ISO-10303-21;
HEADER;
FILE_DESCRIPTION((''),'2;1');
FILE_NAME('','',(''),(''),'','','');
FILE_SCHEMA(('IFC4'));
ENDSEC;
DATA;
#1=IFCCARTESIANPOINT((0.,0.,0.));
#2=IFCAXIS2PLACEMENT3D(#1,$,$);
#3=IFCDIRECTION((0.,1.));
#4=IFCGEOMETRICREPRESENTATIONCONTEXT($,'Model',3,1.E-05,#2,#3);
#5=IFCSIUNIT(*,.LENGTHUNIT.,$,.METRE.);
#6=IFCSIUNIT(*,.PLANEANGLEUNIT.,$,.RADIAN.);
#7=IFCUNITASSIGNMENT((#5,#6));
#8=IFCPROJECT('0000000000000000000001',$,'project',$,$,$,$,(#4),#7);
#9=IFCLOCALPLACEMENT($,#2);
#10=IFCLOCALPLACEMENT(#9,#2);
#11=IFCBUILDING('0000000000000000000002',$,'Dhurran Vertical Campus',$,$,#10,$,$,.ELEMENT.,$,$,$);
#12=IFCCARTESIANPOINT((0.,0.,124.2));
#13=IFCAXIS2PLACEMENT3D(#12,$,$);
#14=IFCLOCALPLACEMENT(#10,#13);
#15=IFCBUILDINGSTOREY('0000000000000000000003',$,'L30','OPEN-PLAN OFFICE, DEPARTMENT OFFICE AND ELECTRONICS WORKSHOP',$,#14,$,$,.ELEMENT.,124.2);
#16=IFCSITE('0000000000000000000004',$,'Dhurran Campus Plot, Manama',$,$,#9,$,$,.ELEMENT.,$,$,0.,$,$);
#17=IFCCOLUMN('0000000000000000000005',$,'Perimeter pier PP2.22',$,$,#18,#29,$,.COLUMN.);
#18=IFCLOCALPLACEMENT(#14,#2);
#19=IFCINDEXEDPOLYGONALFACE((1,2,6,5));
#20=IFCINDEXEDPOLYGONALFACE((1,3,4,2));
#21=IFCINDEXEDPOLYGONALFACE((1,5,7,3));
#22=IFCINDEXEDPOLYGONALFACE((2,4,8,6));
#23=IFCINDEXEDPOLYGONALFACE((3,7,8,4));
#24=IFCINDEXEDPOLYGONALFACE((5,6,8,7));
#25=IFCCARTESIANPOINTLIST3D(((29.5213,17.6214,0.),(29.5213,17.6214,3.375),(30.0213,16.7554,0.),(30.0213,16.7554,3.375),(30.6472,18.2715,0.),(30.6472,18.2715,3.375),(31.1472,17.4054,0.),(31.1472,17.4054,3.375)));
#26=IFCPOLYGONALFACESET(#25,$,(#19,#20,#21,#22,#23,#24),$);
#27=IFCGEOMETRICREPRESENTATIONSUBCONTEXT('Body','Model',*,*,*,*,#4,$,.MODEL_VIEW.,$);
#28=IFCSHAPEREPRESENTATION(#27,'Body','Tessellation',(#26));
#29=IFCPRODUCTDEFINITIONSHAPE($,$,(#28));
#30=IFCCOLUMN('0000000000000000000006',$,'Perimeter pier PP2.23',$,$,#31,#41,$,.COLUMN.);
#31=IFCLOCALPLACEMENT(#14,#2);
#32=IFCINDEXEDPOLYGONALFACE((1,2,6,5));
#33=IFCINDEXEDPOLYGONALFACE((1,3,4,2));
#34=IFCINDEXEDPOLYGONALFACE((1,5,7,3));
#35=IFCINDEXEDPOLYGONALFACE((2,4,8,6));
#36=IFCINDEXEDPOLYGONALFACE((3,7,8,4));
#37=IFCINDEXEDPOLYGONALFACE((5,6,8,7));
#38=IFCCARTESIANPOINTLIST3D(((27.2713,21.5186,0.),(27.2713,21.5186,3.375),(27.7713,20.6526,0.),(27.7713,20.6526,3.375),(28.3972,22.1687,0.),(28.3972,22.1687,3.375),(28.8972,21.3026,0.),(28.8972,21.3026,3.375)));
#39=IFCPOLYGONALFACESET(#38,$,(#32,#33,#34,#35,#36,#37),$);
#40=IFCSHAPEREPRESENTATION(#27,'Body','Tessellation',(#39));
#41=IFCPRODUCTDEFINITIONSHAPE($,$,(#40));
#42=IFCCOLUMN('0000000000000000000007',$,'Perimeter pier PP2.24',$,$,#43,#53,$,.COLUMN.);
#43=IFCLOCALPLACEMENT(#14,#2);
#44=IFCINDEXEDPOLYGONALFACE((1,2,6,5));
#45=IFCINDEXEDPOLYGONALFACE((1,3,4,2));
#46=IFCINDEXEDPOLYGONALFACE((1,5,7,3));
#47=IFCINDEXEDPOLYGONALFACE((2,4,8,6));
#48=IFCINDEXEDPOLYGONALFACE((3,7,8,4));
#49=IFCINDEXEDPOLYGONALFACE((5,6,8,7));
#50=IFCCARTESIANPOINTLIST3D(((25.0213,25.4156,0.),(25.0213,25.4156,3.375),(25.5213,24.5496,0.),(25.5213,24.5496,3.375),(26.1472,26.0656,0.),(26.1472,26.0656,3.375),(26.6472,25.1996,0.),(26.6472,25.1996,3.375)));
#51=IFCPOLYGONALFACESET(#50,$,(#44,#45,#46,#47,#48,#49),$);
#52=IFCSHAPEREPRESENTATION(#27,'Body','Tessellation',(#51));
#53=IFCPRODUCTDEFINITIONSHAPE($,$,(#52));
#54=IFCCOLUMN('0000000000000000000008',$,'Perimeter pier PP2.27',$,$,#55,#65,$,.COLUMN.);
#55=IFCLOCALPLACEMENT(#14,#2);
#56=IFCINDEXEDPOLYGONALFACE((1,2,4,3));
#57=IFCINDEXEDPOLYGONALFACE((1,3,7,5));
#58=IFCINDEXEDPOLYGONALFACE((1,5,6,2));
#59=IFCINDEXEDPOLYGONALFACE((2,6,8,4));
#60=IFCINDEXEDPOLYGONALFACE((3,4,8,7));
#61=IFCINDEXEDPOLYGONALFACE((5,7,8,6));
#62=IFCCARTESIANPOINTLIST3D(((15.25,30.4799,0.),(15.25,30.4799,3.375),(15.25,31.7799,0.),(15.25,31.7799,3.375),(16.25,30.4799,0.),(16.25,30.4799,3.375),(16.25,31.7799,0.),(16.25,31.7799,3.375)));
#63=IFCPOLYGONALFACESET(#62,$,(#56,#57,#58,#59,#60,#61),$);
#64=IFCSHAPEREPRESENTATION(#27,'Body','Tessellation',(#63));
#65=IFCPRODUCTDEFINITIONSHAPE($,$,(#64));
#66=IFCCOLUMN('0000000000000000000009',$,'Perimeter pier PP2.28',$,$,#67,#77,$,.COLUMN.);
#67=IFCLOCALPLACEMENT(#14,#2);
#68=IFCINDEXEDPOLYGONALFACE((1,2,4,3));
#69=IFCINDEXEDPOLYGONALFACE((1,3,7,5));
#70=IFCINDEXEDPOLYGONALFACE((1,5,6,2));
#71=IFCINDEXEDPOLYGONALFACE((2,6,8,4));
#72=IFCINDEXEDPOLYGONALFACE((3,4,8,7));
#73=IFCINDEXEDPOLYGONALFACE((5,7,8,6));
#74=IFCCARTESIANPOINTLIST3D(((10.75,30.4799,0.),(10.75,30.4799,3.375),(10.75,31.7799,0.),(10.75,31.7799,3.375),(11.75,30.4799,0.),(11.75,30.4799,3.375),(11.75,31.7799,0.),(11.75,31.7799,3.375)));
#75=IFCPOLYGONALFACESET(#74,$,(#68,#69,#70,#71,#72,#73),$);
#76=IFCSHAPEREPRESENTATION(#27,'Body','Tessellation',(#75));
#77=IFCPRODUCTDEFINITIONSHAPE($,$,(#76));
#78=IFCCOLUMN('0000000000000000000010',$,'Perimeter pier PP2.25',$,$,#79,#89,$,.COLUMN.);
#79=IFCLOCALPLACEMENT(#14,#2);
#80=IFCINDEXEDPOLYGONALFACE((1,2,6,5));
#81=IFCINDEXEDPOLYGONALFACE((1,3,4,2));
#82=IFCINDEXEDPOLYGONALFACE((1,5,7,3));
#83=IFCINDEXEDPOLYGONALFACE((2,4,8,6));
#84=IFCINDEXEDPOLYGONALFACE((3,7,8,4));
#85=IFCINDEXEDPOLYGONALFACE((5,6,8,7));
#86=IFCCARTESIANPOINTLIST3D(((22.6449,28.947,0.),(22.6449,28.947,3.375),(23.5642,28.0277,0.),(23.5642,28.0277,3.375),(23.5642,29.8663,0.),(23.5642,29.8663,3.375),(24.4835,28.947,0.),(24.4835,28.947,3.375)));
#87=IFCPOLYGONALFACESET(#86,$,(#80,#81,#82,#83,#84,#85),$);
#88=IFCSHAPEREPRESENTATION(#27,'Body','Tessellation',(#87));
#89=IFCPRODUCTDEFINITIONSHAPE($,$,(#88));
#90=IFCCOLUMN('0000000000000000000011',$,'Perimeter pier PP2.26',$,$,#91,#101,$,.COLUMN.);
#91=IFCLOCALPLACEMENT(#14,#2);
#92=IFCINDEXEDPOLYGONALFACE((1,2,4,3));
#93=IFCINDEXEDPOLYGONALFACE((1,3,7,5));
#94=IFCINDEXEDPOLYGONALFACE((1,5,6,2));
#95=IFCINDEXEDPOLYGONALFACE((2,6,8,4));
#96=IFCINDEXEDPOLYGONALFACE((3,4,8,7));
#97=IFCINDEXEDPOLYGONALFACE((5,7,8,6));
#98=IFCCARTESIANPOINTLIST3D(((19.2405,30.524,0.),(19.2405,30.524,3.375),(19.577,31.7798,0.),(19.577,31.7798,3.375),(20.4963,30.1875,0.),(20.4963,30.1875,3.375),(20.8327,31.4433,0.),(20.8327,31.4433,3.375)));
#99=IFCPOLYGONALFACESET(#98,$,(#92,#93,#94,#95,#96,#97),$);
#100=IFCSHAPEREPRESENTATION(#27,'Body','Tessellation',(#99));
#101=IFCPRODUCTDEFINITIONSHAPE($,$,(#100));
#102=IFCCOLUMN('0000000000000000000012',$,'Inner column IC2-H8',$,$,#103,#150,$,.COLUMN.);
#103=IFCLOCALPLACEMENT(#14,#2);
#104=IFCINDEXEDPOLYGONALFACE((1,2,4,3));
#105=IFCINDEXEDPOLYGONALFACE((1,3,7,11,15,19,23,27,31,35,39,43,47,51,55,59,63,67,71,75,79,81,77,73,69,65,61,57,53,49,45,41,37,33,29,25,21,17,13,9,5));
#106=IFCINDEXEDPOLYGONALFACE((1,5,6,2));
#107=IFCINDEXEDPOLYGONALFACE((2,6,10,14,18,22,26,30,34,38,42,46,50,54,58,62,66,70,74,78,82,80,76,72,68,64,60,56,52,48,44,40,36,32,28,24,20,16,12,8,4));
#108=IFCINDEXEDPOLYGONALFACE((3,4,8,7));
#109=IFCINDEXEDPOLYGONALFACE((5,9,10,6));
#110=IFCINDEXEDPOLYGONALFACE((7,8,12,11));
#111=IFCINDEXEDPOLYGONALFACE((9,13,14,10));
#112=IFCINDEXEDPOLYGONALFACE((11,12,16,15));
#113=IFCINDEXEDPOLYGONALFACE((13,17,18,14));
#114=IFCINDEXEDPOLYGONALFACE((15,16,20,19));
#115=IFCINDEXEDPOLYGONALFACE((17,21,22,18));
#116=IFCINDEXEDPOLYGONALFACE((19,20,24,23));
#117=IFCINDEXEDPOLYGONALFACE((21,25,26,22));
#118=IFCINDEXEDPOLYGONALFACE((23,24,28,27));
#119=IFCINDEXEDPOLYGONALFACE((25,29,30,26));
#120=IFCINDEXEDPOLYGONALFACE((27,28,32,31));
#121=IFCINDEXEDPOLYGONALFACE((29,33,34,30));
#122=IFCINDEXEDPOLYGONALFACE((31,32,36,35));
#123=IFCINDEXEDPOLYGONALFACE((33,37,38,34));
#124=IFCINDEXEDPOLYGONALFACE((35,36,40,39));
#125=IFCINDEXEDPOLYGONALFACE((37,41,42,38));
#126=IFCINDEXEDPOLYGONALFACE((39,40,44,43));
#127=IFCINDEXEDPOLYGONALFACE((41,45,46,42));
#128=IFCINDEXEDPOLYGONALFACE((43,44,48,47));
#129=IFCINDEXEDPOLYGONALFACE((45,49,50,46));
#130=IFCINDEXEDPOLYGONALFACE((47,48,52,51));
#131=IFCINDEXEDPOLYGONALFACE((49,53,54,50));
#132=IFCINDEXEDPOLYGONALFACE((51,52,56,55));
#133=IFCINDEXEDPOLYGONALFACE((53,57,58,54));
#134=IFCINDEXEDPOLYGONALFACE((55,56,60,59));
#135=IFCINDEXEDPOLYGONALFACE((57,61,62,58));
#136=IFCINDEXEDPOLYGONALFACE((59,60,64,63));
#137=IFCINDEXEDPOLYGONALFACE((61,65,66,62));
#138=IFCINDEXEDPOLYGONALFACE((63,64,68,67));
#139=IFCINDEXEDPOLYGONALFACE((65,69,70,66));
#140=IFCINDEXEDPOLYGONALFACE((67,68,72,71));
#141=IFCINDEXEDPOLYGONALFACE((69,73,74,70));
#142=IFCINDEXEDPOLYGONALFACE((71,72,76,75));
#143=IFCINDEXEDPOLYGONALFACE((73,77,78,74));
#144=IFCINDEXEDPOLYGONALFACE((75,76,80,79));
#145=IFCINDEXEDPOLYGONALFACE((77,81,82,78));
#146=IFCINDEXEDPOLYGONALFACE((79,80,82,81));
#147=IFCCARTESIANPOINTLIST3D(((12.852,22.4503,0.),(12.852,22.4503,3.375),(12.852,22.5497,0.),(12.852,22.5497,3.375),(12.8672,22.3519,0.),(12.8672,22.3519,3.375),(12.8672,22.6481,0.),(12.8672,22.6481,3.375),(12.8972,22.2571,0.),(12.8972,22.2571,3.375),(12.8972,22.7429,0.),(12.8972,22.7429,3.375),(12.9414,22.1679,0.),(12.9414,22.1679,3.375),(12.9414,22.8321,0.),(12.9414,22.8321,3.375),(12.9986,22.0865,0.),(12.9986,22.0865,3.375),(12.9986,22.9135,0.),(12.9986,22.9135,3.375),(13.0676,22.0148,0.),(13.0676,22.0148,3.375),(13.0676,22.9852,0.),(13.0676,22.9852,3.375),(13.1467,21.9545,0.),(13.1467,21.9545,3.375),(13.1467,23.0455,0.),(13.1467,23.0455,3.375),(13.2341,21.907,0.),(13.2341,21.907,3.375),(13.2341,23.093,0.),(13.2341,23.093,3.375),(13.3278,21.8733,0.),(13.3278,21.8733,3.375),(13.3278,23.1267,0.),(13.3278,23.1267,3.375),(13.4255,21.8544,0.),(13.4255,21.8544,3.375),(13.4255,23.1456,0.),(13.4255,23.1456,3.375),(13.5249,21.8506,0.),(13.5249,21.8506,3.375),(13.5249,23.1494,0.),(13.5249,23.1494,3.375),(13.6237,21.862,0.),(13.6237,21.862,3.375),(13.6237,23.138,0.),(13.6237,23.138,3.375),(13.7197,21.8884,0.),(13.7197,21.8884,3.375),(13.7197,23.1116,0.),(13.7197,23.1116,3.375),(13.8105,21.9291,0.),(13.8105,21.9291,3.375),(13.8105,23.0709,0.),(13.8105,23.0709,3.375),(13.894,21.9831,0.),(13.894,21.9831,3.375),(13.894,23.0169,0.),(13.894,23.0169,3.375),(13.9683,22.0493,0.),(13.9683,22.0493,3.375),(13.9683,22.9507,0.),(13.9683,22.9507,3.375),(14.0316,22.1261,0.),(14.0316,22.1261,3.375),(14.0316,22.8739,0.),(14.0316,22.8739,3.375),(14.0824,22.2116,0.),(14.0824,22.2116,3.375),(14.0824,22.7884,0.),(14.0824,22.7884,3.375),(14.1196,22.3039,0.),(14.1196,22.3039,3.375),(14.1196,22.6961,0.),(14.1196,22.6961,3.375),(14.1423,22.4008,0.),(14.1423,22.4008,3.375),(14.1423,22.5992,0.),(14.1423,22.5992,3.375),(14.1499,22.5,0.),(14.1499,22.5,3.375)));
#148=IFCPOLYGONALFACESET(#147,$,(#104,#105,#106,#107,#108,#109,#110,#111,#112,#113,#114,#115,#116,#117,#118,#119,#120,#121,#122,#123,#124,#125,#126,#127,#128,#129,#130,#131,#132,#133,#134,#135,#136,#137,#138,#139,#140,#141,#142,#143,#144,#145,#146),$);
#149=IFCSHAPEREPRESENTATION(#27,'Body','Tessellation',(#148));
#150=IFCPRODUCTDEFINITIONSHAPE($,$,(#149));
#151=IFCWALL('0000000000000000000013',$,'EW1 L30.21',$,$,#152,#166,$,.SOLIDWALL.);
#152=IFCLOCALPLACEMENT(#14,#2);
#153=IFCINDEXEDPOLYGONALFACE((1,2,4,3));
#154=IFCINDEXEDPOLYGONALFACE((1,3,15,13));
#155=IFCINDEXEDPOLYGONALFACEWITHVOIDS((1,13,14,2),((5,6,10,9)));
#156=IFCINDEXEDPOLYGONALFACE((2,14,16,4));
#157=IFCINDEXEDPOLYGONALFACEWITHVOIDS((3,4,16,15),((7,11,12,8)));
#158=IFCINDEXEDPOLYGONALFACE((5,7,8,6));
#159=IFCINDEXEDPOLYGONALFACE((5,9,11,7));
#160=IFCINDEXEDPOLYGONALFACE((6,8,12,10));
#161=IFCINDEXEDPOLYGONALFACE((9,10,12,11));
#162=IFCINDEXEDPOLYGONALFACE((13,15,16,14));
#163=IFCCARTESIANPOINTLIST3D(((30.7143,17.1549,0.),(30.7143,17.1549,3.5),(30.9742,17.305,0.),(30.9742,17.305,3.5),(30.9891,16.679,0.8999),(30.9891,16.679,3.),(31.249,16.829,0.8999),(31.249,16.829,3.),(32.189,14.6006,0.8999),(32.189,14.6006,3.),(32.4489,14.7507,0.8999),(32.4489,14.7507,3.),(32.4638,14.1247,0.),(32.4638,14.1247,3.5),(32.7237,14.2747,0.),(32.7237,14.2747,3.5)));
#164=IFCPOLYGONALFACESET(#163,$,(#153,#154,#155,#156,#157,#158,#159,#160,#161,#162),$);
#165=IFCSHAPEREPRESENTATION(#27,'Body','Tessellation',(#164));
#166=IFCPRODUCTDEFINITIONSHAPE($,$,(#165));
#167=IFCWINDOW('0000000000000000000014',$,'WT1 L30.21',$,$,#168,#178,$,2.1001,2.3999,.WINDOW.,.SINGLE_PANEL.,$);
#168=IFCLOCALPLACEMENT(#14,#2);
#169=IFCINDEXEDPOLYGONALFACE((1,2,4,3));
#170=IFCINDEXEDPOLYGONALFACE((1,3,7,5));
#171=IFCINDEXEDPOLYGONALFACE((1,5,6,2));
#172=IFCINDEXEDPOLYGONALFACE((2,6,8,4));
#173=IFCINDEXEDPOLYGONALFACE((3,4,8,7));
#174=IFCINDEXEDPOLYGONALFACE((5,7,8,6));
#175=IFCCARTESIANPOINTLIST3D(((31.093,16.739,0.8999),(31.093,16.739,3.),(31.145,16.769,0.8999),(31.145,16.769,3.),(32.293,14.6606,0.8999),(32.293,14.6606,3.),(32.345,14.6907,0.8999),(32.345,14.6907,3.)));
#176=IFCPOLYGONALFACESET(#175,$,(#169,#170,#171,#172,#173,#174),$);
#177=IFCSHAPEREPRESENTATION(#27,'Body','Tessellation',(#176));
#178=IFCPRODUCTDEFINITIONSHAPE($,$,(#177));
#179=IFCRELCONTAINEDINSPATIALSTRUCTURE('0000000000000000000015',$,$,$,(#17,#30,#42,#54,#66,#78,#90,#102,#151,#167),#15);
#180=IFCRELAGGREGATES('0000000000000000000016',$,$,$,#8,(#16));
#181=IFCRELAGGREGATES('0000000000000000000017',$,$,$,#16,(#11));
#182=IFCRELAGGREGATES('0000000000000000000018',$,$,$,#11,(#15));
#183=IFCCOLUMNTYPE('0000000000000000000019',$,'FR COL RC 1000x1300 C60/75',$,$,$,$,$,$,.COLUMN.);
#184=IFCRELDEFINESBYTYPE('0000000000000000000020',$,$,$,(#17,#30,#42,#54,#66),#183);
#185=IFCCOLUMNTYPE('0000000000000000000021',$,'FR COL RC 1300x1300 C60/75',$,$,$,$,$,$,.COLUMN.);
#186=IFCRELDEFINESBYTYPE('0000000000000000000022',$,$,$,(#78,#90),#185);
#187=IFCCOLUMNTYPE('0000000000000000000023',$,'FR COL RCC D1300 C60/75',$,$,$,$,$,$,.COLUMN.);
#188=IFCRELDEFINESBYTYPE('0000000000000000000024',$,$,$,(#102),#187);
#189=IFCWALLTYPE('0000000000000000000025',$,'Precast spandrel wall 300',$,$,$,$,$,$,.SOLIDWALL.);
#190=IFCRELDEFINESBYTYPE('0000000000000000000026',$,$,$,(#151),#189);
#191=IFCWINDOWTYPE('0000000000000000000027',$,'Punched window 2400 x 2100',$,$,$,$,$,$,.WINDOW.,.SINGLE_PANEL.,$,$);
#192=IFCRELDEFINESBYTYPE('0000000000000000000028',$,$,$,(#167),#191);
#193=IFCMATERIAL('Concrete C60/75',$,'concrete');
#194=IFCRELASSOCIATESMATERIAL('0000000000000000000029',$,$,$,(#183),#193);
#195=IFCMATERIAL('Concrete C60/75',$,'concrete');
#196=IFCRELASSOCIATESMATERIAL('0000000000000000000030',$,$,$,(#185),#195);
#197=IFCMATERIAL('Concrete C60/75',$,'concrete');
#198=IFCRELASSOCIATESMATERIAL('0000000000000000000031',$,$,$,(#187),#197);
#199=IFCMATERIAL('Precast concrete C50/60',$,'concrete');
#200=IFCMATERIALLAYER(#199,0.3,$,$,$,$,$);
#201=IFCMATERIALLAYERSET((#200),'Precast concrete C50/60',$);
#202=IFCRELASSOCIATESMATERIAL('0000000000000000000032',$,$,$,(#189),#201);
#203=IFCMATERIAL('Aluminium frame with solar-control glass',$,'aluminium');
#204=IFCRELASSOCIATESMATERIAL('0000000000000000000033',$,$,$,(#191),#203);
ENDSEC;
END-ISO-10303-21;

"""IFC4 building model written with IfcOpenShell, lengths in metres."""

from ifc_helpers import new_model, si_unit, direction, frame, frame_2d, origin, origin_2d, place, context, subcontext, project, spatial, rectangle, circle, extrude, material, layer, layer_set, material_profile, profile_set, type_object, element, fill, save


model = new_model("IFC4")

# Units and contexts
model_context = context("Model", 3, precision=1e-05, world=origin(), true_north=direction((0.0, 1.0)))
body_context = subcontext(model_context, "Body", "Model", "MODEL_VIEW")
ifc_project = project(units=[si_unit("LENGTHUNIT", "METRE"), si_unit("PLANEANGLEUNIT", "RADIAN")], contexts=[model_context])

# Site, building, storey
site_placement = place(None, origin())
site = spatial("IfcSite", under=ifc_project, at=site_placement, Name="Dhurran Campus Plot, Manama", CompositionType="ELEMENT", RefElevation=0.0)
building_placement = place(site_placement, origin())
building = spatial("IfcBuilding", under=site, at=building_placement, Name="Dhurran Vertical Campus", CompositionType="ELEMENT")
storey_placement = place(building_placement, frame((0.0, 0.0, 124.2)))
storey = spatial("IfcBuildingStorey", under=building, at=storey_placement, Name="L30", Description="OPEN-PLAN OFFICE, DEPARTMENT OFFICE AND ELECTRONICS WORKSHOP", CompositionType="ELEMENT", Elevation=124.2)

# Columns
ifc_material_1 = material(Name="Concrete C60/75", Category="concrete")
ifc_material_profile_1 = material_profile(ifc_material_1, rectangle(XDim=1.0, YDim=1.3, at=origin_2d()), Name="RC 1000x1300")
ifc_profile_set_1 = profile_set([ifc_material_profile_1], Name="Concrete C60/75")
column_type_1 = type_object("IfcColumnType", Name="FR COL RC 1000x1300 C60/75", PredefinedType="COLUMN", material=ifc_profile_set_1)
for number, where, z_axis, x_axis, name in (
    (1, (30.3342, 17.5134, 0.0), (0.0, 0.0, 1.0), (-0.5, 0.866025, 0.0), "Perimeter pier PP2.22"),
    (2, (28.0842, 21.4106, 0.0), (0.0, 0.0, 1.0), (-0.5, 0.866025, 0.0), "Perimeter pier PP2.23"),
    (3, (25.8342, 25.3076, 0.0), (0.0, 0.0, 1.0), (-0.5, 0.866025, 0.0), "Perimeter pier PP2.24"),
    (4, (15.75, 31.1299, 0.0), (0.0, 0.0, 1.0), (-1.0, 0.0, 0.0), "Perimeter pier PP2.27"),
    (5, (11.25, 31.1299, 0.0), (0.0, 0.0, 1.0), (-1.0, 0.0, 0.0), "Perimeter pier PP2.28"),
):
    element("IfcColumn", number, at=place(storey_placement, frame(where, z_axis=z_axis, x_axis=x_axis)), inside=storey, type_object=column_type_1, Name=name, PredefinedType="COLUMN", context=body_context, shape_type="SweptSolid", body=[
        extrude(rectangle(XDim=1.0, YDim=1.3, at=origin_2d()), origin(), (0.0, 0.0, 1.0), 3.375),
    ])
ifc_material_2 = material(Name="Concrete C60/75", Category="concrete")
ifc_material_profile_2 = material_profile(ifc_material_2, rectangle(XDim=1.3, YDim=1.3, at=origin_2d()), Name="RC 1300x1300")
ifc_profile_set_2 = profile_set([ifc_material_profile_2], Name="Concrete C60/75")
column_type_2 = type_object("IfcColumnType", Name="FR COL RC 1300x1300 C60/75", PredefinedType="COLUMN", material=ifc_profile_set_2)
for number, where, z_axis, x_axis, name in (
    (6, (23.5642, 28.947, 0.0), (0.0, 0.0, 1.0), (-0.707107, 0.707107, 0.0), "Perimeter pier PP2.25"),
    (7, (20.0366, 30.9836, 0.0), (0.0, 0.0, 1.0), (-0.965926, 0.258819, 0.0), "Perimeter pier PP2.26"),
):
    element("IfcColumn", number, at=place(storey_placement, frame(where, z_axis=z_axis, x_axis=x_axis)), inside=storey, type_object=column_type_2, Name=name, PredefinedType="COLUMN", context=body_context, shape_type="SweptSolid", body=[
        extrude(rectangle(XDim=1.3, YDim=1.3, at=origin_2d()), origin(), (0.0, 0.0, 1.0), 3.375),
    ])
ifc_material_3 = material(Name="Concrete C60/75", Category="concrete")
ifc_material_profile_3 = material_profile(ifc_material_3, circle(Radius=0.6499, at=origin_2d()), Name="RCC D1300")
ifc_profile_set_3 = profile_set([ifc_material_profile_3], Name="Concrete C60/75")
column_type_3 = type_object("IfcColumnType", Name="FR COL RCC D1300 C60/75", PredefinedType="COLUMN", material=ifc_profile_set_3)
column_placement = place(storey_placement, frame((13.5, 22.5, 0.0), z_axis=(0.0, 0.0, 1.0), x_axis=(1.0, 0.0, 0.0)))
element("IfcColumn", 8, at=column_placement, inside=storey, type_object=column_type_3, Name="Inner column IC2-H8", PredefinedType="COLUMN", context=body_context, shape_type="SweptSolid", body=[
    extrude(circle(Radius=0.6499, at=origin_2d()), origin(), (0.0, 0.0, 1.0), 3.375),
])

# Wall, opening, window
ifc_material_4 = material(Name="Precast concrete C50/60", Category="concrete")
ifc_layer_1 = layer(ifc_material_4, 0.3)
ifc_layer_set_1 = layer_set([ifc_layer_1], Name="Precast concrete C50/60")
wall_type_1 = type_object("IfcWallType", Name="Precast spandrel wall 300", PredefinedType="SOLIDWALL", material=ifc_layer_set_1)
wall_1_placement = place(storey_placement, frame((32.5938, 14.1997, 0.0), z_axis=(0.0, 0.0, 1.0), x_axis=(-0.499996, 0.866028, 0.0)))
wall_1 = element("IfcWall", 9, at=wall_1_placement, inside=storey, type_object=wall_type_1, Name="EW1 L30.21", PredefinedType="SOLIDWALL", context=body_context, shape_type="SweptSolid", body=[
    extrude(rectangle(XDim=3.499, YDim=0.3, at=frame_2d((1.7495, 0.0))), origin(), (0.0, 0.0, 1.0), 3.5),
])
opening_1_placement = place(wall_1_placement, frame((0.5496, 0.0, 0.8999)))
opening_1 = element("IfcOpeningElement", 10, at=opening_1_placement, cuts=wall_1, PredefinedType="OPENING", context=body_context, shape_type="SweptSolid", body=[
    extrude(rectangle(XDim=2.3999, YDim=2.1001, at=frame_2d((1.2, 1.05))), frame((0.0, 0.1599, 0.0), z_axis=(0.0, -1.0, 0.0), x_axis=(1.0, 0.0, 0.0)), (0.0, 0.0, 1.0), 0.3201),
])
ifc_material_5 = material(Name="Aluminium frame with solar-control glass", Category="aluminium")
window_type = type_object("IfcWindowType", Name="Punched window 2400 x 2100", PartitioningType="SINGLE_PANEL", PredefinedType="WINDOW", material=ifc_material_5)
window_1_placement = place(opening_1_placement, origin())
window_1 = element("IfcWindow", 11, at=window_1_placement, inside=storey, type_object=window_type, Name="WT1 L30.21", OverallHeight=2.1001, OverallWidth=2.3999, PartitioningType="SINGLE_PANEL", PredefinedType="WINDOW", context=body_context, shape_type="SweptSolid", body=[
    extrude(rectangle(XDim=2.3999, YDim=2.1001, at=frame_2d((1.2, 1.05))), frame((0.0, 0.03, 0.0), z_axis=(0.0, -1.0, 0.0), x_axis=(1.0, 0.0, 0.0)), (0.0, 0.0, 1.0), 0.0601),
])
fill(opening_1, window_1)

save(model, "model.ifc")
